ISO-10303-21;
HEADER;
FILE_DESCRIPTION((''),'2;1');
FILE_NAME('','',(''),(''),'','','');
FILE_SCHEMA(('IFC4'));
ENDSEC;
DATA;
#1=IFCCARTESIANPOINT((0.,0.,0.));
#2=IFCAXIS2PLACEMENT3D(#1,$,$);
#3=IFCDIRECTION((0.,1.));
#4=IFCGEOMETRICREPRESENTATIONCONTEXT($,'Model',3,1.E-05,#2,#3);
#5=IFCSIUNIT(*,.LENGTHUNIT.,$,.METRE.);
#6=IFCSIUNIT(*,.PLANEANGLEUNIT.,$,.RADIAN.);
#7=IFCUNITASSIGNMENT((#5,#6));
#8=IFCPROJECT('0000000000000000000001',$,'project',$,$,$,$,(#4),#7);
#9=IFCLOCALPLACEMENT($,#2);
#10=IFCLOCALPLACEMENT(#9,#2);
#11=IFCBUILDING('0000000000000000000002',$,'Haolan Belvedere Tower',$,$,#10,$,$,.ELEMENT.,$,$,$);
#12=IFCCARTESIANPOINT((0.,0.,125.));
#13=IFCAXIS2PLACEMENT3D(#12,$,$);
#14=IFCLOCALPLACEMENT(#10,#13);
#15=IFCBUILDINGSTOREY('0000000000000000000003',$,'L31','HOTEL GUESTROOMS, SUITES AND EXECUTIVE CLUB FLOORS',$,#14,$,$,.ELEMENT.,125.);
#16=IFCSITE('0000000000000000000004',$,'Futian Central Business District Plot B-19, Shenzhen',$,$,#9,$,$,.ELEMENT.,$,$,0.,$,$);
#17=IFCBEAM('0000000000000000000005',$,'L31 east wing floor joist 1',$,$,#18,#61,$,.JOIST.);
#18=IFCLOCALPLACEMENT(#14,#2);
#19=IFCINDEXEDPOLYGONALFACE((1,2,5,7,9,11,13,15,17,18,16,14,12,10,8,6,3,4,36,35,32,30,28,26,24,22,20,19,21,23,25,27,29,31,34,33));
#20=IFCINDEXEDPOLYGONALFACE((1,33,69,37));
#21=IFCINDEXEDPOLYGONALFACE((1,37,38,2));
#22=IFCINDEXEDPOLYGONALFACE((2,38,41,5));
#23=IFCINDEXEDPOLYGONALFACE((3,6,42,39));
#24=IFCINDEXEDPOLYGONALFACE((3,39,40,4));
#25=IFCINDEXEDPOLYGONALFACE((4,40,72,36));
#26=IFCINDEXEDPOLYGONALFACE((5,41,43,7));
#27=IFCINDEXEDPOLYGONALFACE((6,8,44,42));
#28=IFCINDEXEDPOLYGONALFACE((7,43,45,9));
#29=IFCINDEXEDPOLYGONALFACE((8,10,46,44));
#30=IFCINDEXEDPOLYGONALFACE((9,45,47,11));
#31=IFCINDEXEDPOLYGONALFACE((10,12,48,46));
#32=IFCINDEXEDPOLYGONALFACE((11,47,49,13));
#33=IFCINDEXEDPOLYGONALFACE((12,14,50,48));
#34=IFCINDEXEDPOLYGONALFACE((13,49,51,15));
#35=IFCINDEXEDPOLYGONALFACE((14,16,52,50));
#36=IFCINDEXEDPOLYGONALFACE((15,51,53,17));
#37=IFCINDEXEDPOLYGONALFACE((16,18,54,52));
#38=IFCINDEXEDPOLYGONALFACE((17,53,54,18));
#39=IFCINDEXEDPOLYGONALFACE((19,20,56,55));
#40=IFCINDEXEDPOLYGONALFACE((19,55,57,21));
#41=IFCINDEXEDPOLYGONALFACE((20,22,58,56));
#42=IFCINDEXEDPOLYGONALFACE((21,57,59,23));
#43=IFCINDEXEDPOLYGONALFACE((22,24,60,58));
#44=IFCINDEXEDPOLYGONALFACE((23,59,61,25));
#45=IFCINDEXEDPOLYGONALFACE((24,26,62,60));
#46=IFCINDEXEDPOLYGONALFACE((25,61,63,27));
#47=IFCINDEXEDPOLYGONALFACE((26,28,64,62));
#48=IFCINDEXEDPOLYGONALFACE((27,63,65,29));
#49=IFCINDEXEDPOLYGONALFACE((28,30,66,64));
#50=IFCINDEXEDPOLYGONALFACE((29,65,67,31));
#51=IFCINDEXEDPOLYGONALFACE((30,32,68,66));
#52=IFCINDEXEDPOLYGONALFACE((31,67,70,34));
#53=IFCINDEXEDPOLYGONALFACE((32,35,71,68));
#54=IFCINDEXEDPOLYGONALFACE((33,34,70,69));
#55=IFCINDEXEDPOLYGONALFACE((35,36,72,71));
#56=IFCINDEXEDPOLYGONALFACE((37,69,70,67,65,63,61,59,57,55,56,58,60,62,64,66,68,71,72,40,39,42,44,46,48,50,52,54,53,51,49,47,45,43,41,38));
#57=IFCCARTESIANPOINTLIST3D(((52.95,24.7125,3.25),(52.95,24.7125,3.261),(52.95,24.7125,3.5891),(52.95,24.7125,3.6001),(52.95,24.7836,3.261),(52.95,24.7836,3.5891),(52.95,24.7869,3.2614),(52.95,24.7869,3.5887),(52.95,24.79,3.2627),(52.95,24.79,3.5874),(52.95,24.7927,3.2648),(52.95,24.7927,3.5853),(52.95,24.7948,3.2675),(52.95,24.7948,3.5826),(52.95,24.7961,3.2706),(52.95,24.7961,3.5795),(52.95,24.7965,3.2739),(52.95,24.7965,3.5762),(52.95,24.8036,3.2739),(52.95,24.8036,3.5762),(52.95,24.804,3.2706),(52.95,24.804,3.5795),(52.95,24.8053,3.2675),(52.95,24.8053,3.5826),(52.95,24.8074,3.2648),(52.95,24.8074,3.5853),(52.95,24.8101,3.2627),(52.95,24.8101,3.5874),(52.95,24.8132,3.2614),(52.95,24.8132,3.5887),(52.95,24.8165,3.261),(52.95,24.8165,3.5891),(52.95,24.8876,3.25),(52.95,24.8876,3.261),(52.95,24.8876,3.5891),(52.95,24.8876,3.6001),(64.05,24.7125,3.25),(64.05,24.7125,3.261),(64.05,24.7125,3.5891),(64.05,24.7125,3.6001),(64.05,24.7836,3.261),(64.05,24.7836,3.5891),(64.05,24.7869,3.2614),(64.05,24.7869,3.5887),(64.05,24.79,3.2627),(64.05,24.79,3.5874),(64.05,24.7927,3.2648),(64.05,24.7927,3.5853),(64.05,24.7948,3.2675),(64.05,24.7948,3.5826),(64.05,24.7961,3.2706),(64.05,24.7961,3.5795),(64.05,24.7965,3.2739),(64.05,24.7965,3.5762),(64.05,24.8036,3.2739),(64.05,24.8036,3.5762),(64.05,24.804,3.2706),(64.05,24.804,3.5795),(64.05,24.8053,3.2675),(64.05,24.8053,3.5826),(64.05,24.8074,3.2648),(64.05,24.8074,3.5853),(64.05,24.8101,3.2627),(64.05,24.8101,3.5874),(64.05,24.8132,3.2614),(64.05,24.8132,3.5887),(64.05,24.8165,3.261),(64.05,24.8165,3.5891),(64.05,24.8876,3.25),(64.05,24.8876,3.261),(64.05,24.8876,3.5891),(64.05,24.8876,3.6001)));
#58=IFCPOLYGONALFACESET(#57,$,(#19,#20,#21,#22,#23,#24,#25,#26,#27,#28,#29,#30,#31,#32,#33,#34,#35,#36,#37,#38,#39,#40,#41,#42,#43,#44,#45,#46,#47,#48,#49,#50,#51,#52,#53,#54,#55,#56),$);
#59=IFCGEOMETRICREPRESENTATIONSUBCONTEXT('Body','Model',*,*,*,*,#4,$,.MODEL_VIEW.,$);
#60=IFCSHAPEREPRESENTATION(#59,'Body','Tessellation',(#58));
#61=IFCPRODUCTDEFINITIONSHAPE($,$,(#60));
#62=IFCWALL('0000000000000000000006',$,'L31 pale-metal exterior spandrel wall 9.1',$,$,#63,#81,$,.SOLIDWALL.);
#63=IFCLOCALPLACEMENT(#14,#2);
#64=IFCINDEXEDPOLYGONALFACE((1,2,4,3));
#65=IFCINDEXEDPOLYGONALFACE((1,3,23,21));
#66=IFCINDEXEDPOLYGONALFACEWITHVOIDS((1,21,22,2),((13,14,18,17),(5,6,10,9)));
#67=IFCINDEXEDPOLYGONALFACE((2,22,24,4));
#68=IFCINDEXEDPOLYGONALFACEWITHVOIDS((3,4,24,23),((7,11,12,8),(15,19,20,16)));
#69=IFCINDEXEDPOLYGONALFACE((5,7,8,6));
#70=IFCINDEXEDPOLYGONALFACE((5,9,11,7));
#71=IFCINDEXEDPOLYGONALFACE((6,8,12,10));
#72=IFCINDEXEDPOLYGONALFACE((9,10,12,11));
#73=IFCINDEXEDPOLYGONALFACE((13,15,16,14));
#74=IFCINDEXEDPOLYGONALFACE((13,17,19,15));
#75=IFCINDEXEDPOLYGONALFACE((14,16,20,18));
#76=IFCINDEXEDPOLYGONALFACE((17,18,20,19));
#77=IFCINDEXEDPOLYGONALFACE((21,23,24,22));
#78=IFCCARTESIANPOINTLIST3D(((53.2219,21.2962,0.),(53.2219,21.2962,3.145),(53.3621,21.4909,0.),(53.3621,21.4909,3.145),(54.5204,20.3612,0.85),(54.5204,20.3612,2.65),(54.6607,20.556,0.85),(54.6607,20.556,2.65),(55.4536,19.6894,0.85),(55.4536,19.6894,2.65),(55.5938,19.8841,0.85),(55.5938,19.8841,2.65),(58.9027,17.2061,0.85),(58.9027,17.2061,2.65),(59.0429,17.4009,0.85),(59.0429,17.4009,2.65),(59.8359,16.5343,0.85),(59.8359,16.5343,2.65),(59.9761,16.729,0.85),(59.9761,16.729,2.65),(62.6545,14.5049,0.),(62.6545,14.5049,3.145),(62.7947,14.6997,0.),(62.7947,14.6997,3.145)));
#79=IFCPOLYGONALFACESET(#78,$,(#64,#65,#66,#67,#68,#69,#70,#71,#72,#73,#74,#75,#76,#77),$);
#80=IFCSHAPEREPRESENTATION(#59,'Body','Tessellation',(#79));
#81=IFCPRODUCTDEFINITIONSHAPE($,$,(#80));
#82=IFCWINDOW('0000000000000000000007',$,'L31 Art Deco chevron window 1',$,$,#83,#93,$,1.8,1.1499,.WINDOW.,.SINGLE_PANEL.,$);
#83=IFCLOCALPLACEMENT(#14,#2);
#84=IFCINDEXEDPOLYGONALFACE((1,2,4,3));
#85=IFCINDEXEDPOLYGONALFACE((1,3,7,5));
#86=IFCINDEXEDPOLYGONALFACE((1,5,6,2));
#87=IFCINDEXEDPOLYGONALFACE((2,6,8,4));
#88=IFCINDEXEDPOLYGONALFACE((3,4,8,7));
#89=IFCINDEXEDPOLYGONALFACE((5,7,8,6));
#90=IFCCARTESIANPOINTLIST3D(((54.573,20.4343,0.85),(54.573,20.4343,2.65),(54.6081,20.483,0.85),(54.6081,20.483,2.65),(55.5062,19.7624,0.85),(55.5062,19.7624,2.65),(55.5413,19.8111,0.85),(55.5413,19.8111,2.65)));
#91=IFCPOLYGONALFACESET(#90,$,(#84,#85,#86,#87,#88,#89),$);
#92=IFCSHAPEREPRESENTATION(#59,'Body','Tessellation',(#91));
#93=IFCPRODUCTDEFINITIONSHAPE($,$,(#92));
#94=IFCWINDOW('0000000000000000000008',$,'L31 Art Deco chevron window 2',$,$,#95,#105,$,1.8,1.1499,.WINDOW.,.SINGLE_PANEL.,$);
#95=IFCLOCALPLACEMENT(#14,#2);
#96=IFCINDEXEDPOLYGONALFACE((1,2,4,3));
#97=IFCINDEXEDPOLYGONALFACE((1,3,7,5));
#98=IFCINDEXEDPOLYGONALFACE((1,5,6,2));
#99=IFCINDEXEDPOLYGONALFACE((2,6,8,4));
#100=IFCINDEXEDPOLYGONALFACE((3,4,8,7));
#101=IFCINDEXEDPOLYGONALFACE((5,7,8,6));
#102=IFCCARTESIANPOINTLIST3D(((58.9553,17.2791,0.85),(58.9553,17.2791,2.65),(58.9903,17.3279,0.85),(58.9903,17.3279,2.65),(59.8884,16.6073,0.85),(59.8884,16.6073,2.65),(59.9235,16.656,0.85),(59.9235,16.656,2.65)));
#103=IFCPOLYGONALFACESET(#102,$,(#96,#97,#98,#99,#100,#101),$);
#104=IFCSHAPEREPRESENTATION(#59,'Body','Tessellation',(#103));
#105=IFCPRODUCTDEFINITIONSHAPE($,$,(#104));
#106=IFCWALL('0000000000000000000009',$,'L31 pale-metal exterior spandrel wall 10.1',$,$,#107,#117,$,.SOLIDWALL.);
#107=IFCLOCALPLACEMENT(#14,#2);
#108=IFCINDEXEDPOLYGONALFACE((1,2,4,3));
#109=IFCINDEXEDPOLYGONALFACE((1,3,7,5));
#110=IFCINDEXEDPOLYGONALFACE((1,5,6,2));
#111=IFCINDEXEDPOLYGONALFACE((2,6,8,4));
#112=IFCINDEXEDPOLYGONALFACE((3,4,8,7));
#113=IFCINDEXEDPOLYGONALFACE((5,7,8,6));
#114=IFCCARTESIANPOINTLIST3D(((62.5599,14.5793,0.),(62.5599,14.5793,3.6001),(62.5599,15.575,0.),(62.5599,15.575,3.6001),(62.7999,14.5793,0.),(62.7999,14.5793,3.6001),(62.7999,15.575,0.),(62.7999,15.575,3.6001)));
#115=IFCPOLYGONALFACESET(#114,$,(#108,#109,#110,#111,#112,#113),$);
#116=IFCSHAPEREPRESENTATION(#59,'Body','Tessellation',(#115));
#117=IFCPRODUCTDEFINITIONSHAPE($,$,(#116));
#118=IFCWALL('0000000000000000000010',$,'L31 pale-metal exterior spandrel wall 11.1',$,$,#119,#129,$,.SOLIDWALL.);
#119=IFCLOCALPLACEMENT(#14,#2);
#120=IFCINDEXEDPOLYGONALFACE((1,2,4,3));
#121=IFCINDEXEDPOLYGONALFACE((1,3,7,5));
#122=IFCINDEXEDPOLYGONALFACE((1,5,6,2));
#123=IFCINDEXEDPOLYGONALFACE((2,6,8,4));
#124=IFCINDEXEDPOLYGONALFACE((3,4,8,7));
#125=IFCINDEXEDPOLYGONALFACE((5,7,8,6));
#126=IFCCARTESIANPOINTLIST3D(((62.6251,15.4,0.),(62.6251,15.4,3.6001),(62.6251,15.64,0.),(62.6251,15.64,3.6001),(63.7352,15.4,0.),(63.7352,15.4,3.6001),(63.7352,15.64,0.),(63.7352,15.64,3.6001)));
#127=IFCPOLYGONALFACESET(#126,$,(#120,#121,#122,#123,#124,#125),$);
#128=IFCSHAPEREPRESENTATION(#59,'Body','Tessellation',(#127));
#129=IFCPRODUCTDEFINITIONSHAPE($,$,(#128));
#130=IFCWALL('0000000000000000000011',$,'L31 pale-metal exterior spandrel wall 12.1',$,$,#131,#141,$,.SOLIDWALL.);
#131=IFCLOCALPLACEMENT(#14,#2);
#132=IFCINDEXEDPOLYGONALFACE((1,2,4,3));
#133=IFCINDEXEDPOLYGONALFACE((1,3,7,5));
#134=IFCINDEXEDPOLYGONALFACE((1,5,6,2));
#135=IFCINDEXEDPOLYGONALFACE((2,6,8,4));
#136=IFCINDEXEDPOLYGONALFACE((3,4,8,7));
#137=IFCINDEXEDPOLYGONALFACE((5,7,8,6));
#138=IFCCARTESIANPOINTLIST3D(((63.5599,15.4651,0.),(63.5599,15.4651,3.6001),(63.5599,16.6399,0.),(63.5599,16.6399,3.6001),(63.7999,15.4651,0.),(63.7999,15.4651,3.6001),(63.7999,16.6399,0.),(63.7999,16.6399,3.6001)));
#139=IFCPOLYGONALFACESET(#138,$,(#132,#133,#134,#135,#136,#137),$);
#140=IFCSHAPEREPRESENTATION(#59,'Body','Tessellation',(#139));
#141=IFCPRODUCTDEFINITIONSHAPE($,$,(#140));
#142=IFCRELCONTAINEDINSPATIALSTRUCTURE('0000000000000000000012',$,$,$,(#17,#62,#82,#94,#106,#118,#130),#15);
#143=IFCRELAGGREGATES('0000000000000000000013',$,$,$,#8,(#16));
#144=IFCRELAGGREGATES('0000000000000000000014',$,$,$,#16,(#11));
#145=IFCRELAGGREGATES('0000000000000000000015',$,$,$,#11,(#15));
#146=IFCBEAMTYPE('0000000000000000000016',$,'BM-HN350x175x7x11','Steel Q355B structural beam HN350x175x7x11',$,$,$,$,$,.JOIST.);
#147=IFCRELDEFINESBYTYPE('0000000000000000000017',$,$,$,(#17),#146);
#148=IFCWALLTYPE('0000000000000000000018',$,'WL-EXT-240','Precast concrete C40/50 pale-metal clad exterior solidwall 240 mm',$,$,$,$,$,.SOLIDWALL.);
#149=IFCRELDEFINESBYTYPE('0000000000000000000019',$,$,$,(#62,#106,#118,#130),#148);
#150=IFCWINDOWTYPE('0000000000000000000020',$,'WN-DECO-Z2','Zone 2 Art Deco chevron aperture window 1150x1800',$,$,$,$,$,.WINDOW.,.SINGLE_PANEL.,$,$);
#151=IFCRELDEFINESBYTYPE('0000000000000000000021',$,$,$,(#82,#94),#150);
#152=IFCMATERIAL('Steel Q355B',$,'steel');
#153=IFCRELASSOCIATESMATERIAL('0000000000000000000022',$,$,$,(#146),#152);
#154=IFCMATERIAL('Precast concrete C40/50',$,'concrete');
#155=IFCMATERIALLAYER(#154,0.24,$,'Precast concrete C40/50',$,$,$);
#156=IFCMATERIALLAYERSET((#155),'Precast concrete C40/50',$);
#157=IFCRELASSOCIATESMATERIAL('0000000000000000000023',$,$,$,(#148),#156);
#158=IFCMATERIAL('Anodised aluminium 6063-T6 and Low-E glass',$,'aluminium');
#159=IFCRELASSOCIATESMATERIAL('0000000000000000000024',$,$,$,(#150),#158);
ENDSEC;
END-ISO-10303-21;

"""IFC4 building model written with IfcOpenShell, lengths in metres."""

from ifc_helpers import new_model, si_unit, direction, frame, frame_2d, origin, origin_2d, place, context, subcontext, project, spatial, rectangle, i_section, extrude, material, layer, layer_set, material_profile, profile_set, type_object, element, fill, save


model = new_model("IFC4")

# Units and contexts
model_context = context("Model", 3, precision=1e-05, world=origin(), true_north=direction((0.0, 1.0)))
body_context = subcontext(model_context, "Body", "Model", "MODEL_VIEW")
ifc_project = project(units=[si_unit("LENGTHUNIT", "METRE"), si_unit("PLANEANGLEUNIT", "RADIAN")], contexts=[model_context])

# Site, building, storey
site_placement = place(None, origin())
site = spatial("IfcSite", under=ifc_project, at=site_placement, Name="Futian Central Business District Plot B-19, Shenzhen", CompositionType="ELEMENT", RefElevation=0.0)
building_placement = place(site_placement, origin())
building = spatial("IfcBuilding", under=site, at=building_placement, Name="Haolan Belvedere Tower", CompositionType="ELEMENT")
storey_placement = place(building_placement, frame((0.0, 0.0, 125.0)))
storey = spatial("IfcBuildingStorey", under=building, at=storey_placement, Name="L31", Description="HOTEL GUESTROOMS, SUITES AND EXECUTIVE CLUB FLOORS", CompositionType="ELEMENT", Elevation=125.0)

# Beam
ifc_material_1 = material(Name="Steel Q355B", Category="steel")
ifc_material_profile_1 = material_profile(ifc_material_1, i_section(OverallWidth=0.175, OverallDepth=0.3501, WebThickness=0.0071, FlangeThickness=0.011, FilletRadius=0.0129, at=origin_2d()), Name="Steel Q355B")
ifc_profile_set_1 = profile_set([ifc_material_profile_1], Name="Steel Q355B")
beam_type_1 = type_object("IfcBeamType", Name="BM-HN350x175x7x11", Description="Steel Q355B structural beam HN350x175x7x11", PredefinedType="JOIST", material=ifc_profile_set_1)
beam_1_placement = place(storey_placement, frame((52.95, 24.8, 3.425), z_axis=(1.0, 0.0, 0.0), x_axis=(0.0, 1.0, 0.0)))
element("IfcBeam", 1, at=beam_1_placement, inside=storey, type_object=beam_type_1, Name="L31 east wing floor joist 1", PredefinedType="JOIST", context=body_context, shape_type="SweptSolid", body=[
    extrude(i_section(OverallWidth=0.175, OverallDepth=0.3501, WebThickness=0.0071, FlangeThickness=0.011, FilletRadius=0.0129, at=origin_2d()), origin(), (0.0, 0.0, 1.0), 11.1001),
])

# Wall, openings, windows
ifc_material_2 = material(Name="Precast concrete C40/50", Category="concrete")
ifc_layer_1 = layer(ifc_material_2, 0.24, Name="Precast concrete C40/50")
ifc_layer_set_1 = layer_set([ifc_layer_1], Name="Precast concrete C40/50")
wall_type_1 = type_object("IfcWallType", Name="WL-EXT-240", Description="Precast concrete C40/50 pale-metal clad exterior solidwall 240 mm", PredefinedType="SOLIDWALL", material=ifc_layer_set_1)
wall_1_placement = place(storey_placement, frame((53.292, 21.3936, 0.0), z_axis=(0.0, 0.0, 1.0), x_axis=(0.811544, -0.584292, 0.0)))
wall_1 = element("IfcWall", 2, at=wall_1_placement, inside=storey, type_object=wall_type_1, Name="L31 pale-metal exterior spandrel wall 9.1", PredefinedType="SOLIDWALL", context=body_context, shape_type="SweptSolid", body=[
    extrude(rectangle(XDim=11.623, YDim=0.24, at=frame_2d((5.8115, 0.0))), origin(), (0.0, 0.0, 1.0), 3.145),
])
opening_1_placement = place(wall_1_placement, frame((1.6001, 0.0, 0.8501)))
opening_1 = element("IfcOpeningElement", 3, at=opening_1_placement, cuts=wall_1, PredefinedType="OPENING", context=body_context, shape_type="SweptSolid", body=[
    extrude(rectangle(XDim=1.1499, YDim=1.8, at=frame_2d((0.575, 0.8999))), frame((0.0, 0.1299, 0.0), z_axis=(0.0, -1.0, 0.0), x_axis=(1.0, 0.0, 0.0)), (0.0, 0.0, 1.0), 0.26),
])
opening_2_placement = place(wall_1_placement, frame((7.0, 0.0, 0.8501)))
opening_2 = element("IfcOpeningElement", 4, at=opening_2_placement, cuts=wall_1, PredefinedType="OPENING", context=body_context, shape_type="SweptSolid", body=[
    extrude(rectangle(XDim=1.1499, YDim=1.8, at=frame_2d((0.575, 0.8999))), frame((0.0, 0.1299, 0.0), z_axis=(0.0, -1.0, 0.0), x_axis=(1.0, 0.0, 0.0)), (0.0, 0.0, 1.0), 0.26),
])
ifc_material_3 = material(Name="Anodised aluminium 6063-T6 and Low-E glass", Category="aluminium")
window_type = type_object("IfcWindowType", Name="WN-DECO-Z2", Description="Zone 2 Art Deco chevron aperture window 1150x1800", PartitioningType="SINGLE_PANEL", PredefinedType="WINDOW", material=ifc_material_3)
window_1_placement = place(opening_1_placement, origin())
window_1 = element("IfcWindow", 5, at=window_1_placement, inside=storey, type_object=window_type, Name="L31 Art Deco chevron window 1", OverallHeight=1.8, OverallWidth=1.1499, PartitioningType="SINGLE_PANEL", PredefinedType="WINDOW", context=body_context, shape_type="SweptSolid", body=[
    extrude(rectangle(XDim=1.1499, YDim=1.8, at=frame_2d((0.575, 0.8999))), frame((0.0, 0.03, 0.0), z_axis=(0.0, -1.0, 0.0), x_axis=(1.0, 0.0, 0.0)), (0.0, 0.0, 1.0), 0.0601),
])
fill(opening_1, window_1)
window_2_placement = place(opening_2_placement, origin())
window_2 = element("IfcWindow", 6, at=window_2_placement, inside=storey, type_object=window_type, Name="L31 Art Deco chevron window 2", OverallHeight=1.8, OverallWidth=1.1499, PartitioningType="SINGLE_PANEL", PredefinedType="WINDOW", context=body_context, shape_type="SweptSolid", body=[
    extrude(rectangle(XDim=1.1499, YDim=1.8, at=frame_2d((0.575, 0.8999))), frame((0.0, 0.03, 0.0), z_axis=(0.0, -1.0, 0.0), x_axis=(1.0, 0.0, 0.0)), (0.0, 0.0, 1.0), 0.0601),
])
fill(opening_2, window_2)

# Walls
wall_2_placement = place(storey_placement, frame((62.6799, 14.5793, 0.0), z_axis=(0.0, 0.0, 1.0), x_axis=(0.0, 1.0, 0.0)))
element("IfcWall", 7, at=wall_2_placement, inside=storey, type_object=wall_type_1, Name="L31 pale-metal exterior spandrel wall 10.1", PredefinedType="SOLIDWALL", context=body_context, shape_type="SweptSolid", body=[
    extrude(rectangle(XDim=0.9956, YDim=0.24, at=frame_2d((0.4978, 0.0))), origin(), (0.0, 0.0, 1.0), 3.6001),
])
wall_3_placement = place(storey_placement, frame((62.625, 15.52, 0.0), z_axis=(0.0, 0.0, 1.0), x_axis=(1.0, 0.0, 0.0)))
element("IfcWall", 8, at=wall_3_placement, inside=storey, type_object=wall_type_1, Name="L31 pale-metal exterior spandrel wall 11.1", PredefinedType="SOLIDWALL", context=body_context, shape_type="SweptSolid", body=[
    extrude(rectangle(XDim=1.1101, YDim=0.24, at=frame_2d((0.5552, 0.0))), origin(), (0.0, 0.0, 1.0), 3.6001),
])
wall_4_placement = place(storey_placement, frame((63.6799, 15.4651, 0.0), z_axis=(0.0, 0.0, 1.0), x_axis=(0.0, 1.0, 0.0)))
element("IfcWall", 9, at=wall_4_placement, inside=storey, type_object=wall_type_1, Name="L31 pale-metal exterior spandrel wall 12.1", PredefinedType="SOLIDWALL", context=body_context, shape_type="SweptSolid", body=[
    extrude(rectangle(XDim=1.1748, YDim=0.24, at=frame_2d((0.5874, 0.0))), origin(), (0.0, 0.0, 1.0), 3.6001),
])

save(model, "model.ifc")
